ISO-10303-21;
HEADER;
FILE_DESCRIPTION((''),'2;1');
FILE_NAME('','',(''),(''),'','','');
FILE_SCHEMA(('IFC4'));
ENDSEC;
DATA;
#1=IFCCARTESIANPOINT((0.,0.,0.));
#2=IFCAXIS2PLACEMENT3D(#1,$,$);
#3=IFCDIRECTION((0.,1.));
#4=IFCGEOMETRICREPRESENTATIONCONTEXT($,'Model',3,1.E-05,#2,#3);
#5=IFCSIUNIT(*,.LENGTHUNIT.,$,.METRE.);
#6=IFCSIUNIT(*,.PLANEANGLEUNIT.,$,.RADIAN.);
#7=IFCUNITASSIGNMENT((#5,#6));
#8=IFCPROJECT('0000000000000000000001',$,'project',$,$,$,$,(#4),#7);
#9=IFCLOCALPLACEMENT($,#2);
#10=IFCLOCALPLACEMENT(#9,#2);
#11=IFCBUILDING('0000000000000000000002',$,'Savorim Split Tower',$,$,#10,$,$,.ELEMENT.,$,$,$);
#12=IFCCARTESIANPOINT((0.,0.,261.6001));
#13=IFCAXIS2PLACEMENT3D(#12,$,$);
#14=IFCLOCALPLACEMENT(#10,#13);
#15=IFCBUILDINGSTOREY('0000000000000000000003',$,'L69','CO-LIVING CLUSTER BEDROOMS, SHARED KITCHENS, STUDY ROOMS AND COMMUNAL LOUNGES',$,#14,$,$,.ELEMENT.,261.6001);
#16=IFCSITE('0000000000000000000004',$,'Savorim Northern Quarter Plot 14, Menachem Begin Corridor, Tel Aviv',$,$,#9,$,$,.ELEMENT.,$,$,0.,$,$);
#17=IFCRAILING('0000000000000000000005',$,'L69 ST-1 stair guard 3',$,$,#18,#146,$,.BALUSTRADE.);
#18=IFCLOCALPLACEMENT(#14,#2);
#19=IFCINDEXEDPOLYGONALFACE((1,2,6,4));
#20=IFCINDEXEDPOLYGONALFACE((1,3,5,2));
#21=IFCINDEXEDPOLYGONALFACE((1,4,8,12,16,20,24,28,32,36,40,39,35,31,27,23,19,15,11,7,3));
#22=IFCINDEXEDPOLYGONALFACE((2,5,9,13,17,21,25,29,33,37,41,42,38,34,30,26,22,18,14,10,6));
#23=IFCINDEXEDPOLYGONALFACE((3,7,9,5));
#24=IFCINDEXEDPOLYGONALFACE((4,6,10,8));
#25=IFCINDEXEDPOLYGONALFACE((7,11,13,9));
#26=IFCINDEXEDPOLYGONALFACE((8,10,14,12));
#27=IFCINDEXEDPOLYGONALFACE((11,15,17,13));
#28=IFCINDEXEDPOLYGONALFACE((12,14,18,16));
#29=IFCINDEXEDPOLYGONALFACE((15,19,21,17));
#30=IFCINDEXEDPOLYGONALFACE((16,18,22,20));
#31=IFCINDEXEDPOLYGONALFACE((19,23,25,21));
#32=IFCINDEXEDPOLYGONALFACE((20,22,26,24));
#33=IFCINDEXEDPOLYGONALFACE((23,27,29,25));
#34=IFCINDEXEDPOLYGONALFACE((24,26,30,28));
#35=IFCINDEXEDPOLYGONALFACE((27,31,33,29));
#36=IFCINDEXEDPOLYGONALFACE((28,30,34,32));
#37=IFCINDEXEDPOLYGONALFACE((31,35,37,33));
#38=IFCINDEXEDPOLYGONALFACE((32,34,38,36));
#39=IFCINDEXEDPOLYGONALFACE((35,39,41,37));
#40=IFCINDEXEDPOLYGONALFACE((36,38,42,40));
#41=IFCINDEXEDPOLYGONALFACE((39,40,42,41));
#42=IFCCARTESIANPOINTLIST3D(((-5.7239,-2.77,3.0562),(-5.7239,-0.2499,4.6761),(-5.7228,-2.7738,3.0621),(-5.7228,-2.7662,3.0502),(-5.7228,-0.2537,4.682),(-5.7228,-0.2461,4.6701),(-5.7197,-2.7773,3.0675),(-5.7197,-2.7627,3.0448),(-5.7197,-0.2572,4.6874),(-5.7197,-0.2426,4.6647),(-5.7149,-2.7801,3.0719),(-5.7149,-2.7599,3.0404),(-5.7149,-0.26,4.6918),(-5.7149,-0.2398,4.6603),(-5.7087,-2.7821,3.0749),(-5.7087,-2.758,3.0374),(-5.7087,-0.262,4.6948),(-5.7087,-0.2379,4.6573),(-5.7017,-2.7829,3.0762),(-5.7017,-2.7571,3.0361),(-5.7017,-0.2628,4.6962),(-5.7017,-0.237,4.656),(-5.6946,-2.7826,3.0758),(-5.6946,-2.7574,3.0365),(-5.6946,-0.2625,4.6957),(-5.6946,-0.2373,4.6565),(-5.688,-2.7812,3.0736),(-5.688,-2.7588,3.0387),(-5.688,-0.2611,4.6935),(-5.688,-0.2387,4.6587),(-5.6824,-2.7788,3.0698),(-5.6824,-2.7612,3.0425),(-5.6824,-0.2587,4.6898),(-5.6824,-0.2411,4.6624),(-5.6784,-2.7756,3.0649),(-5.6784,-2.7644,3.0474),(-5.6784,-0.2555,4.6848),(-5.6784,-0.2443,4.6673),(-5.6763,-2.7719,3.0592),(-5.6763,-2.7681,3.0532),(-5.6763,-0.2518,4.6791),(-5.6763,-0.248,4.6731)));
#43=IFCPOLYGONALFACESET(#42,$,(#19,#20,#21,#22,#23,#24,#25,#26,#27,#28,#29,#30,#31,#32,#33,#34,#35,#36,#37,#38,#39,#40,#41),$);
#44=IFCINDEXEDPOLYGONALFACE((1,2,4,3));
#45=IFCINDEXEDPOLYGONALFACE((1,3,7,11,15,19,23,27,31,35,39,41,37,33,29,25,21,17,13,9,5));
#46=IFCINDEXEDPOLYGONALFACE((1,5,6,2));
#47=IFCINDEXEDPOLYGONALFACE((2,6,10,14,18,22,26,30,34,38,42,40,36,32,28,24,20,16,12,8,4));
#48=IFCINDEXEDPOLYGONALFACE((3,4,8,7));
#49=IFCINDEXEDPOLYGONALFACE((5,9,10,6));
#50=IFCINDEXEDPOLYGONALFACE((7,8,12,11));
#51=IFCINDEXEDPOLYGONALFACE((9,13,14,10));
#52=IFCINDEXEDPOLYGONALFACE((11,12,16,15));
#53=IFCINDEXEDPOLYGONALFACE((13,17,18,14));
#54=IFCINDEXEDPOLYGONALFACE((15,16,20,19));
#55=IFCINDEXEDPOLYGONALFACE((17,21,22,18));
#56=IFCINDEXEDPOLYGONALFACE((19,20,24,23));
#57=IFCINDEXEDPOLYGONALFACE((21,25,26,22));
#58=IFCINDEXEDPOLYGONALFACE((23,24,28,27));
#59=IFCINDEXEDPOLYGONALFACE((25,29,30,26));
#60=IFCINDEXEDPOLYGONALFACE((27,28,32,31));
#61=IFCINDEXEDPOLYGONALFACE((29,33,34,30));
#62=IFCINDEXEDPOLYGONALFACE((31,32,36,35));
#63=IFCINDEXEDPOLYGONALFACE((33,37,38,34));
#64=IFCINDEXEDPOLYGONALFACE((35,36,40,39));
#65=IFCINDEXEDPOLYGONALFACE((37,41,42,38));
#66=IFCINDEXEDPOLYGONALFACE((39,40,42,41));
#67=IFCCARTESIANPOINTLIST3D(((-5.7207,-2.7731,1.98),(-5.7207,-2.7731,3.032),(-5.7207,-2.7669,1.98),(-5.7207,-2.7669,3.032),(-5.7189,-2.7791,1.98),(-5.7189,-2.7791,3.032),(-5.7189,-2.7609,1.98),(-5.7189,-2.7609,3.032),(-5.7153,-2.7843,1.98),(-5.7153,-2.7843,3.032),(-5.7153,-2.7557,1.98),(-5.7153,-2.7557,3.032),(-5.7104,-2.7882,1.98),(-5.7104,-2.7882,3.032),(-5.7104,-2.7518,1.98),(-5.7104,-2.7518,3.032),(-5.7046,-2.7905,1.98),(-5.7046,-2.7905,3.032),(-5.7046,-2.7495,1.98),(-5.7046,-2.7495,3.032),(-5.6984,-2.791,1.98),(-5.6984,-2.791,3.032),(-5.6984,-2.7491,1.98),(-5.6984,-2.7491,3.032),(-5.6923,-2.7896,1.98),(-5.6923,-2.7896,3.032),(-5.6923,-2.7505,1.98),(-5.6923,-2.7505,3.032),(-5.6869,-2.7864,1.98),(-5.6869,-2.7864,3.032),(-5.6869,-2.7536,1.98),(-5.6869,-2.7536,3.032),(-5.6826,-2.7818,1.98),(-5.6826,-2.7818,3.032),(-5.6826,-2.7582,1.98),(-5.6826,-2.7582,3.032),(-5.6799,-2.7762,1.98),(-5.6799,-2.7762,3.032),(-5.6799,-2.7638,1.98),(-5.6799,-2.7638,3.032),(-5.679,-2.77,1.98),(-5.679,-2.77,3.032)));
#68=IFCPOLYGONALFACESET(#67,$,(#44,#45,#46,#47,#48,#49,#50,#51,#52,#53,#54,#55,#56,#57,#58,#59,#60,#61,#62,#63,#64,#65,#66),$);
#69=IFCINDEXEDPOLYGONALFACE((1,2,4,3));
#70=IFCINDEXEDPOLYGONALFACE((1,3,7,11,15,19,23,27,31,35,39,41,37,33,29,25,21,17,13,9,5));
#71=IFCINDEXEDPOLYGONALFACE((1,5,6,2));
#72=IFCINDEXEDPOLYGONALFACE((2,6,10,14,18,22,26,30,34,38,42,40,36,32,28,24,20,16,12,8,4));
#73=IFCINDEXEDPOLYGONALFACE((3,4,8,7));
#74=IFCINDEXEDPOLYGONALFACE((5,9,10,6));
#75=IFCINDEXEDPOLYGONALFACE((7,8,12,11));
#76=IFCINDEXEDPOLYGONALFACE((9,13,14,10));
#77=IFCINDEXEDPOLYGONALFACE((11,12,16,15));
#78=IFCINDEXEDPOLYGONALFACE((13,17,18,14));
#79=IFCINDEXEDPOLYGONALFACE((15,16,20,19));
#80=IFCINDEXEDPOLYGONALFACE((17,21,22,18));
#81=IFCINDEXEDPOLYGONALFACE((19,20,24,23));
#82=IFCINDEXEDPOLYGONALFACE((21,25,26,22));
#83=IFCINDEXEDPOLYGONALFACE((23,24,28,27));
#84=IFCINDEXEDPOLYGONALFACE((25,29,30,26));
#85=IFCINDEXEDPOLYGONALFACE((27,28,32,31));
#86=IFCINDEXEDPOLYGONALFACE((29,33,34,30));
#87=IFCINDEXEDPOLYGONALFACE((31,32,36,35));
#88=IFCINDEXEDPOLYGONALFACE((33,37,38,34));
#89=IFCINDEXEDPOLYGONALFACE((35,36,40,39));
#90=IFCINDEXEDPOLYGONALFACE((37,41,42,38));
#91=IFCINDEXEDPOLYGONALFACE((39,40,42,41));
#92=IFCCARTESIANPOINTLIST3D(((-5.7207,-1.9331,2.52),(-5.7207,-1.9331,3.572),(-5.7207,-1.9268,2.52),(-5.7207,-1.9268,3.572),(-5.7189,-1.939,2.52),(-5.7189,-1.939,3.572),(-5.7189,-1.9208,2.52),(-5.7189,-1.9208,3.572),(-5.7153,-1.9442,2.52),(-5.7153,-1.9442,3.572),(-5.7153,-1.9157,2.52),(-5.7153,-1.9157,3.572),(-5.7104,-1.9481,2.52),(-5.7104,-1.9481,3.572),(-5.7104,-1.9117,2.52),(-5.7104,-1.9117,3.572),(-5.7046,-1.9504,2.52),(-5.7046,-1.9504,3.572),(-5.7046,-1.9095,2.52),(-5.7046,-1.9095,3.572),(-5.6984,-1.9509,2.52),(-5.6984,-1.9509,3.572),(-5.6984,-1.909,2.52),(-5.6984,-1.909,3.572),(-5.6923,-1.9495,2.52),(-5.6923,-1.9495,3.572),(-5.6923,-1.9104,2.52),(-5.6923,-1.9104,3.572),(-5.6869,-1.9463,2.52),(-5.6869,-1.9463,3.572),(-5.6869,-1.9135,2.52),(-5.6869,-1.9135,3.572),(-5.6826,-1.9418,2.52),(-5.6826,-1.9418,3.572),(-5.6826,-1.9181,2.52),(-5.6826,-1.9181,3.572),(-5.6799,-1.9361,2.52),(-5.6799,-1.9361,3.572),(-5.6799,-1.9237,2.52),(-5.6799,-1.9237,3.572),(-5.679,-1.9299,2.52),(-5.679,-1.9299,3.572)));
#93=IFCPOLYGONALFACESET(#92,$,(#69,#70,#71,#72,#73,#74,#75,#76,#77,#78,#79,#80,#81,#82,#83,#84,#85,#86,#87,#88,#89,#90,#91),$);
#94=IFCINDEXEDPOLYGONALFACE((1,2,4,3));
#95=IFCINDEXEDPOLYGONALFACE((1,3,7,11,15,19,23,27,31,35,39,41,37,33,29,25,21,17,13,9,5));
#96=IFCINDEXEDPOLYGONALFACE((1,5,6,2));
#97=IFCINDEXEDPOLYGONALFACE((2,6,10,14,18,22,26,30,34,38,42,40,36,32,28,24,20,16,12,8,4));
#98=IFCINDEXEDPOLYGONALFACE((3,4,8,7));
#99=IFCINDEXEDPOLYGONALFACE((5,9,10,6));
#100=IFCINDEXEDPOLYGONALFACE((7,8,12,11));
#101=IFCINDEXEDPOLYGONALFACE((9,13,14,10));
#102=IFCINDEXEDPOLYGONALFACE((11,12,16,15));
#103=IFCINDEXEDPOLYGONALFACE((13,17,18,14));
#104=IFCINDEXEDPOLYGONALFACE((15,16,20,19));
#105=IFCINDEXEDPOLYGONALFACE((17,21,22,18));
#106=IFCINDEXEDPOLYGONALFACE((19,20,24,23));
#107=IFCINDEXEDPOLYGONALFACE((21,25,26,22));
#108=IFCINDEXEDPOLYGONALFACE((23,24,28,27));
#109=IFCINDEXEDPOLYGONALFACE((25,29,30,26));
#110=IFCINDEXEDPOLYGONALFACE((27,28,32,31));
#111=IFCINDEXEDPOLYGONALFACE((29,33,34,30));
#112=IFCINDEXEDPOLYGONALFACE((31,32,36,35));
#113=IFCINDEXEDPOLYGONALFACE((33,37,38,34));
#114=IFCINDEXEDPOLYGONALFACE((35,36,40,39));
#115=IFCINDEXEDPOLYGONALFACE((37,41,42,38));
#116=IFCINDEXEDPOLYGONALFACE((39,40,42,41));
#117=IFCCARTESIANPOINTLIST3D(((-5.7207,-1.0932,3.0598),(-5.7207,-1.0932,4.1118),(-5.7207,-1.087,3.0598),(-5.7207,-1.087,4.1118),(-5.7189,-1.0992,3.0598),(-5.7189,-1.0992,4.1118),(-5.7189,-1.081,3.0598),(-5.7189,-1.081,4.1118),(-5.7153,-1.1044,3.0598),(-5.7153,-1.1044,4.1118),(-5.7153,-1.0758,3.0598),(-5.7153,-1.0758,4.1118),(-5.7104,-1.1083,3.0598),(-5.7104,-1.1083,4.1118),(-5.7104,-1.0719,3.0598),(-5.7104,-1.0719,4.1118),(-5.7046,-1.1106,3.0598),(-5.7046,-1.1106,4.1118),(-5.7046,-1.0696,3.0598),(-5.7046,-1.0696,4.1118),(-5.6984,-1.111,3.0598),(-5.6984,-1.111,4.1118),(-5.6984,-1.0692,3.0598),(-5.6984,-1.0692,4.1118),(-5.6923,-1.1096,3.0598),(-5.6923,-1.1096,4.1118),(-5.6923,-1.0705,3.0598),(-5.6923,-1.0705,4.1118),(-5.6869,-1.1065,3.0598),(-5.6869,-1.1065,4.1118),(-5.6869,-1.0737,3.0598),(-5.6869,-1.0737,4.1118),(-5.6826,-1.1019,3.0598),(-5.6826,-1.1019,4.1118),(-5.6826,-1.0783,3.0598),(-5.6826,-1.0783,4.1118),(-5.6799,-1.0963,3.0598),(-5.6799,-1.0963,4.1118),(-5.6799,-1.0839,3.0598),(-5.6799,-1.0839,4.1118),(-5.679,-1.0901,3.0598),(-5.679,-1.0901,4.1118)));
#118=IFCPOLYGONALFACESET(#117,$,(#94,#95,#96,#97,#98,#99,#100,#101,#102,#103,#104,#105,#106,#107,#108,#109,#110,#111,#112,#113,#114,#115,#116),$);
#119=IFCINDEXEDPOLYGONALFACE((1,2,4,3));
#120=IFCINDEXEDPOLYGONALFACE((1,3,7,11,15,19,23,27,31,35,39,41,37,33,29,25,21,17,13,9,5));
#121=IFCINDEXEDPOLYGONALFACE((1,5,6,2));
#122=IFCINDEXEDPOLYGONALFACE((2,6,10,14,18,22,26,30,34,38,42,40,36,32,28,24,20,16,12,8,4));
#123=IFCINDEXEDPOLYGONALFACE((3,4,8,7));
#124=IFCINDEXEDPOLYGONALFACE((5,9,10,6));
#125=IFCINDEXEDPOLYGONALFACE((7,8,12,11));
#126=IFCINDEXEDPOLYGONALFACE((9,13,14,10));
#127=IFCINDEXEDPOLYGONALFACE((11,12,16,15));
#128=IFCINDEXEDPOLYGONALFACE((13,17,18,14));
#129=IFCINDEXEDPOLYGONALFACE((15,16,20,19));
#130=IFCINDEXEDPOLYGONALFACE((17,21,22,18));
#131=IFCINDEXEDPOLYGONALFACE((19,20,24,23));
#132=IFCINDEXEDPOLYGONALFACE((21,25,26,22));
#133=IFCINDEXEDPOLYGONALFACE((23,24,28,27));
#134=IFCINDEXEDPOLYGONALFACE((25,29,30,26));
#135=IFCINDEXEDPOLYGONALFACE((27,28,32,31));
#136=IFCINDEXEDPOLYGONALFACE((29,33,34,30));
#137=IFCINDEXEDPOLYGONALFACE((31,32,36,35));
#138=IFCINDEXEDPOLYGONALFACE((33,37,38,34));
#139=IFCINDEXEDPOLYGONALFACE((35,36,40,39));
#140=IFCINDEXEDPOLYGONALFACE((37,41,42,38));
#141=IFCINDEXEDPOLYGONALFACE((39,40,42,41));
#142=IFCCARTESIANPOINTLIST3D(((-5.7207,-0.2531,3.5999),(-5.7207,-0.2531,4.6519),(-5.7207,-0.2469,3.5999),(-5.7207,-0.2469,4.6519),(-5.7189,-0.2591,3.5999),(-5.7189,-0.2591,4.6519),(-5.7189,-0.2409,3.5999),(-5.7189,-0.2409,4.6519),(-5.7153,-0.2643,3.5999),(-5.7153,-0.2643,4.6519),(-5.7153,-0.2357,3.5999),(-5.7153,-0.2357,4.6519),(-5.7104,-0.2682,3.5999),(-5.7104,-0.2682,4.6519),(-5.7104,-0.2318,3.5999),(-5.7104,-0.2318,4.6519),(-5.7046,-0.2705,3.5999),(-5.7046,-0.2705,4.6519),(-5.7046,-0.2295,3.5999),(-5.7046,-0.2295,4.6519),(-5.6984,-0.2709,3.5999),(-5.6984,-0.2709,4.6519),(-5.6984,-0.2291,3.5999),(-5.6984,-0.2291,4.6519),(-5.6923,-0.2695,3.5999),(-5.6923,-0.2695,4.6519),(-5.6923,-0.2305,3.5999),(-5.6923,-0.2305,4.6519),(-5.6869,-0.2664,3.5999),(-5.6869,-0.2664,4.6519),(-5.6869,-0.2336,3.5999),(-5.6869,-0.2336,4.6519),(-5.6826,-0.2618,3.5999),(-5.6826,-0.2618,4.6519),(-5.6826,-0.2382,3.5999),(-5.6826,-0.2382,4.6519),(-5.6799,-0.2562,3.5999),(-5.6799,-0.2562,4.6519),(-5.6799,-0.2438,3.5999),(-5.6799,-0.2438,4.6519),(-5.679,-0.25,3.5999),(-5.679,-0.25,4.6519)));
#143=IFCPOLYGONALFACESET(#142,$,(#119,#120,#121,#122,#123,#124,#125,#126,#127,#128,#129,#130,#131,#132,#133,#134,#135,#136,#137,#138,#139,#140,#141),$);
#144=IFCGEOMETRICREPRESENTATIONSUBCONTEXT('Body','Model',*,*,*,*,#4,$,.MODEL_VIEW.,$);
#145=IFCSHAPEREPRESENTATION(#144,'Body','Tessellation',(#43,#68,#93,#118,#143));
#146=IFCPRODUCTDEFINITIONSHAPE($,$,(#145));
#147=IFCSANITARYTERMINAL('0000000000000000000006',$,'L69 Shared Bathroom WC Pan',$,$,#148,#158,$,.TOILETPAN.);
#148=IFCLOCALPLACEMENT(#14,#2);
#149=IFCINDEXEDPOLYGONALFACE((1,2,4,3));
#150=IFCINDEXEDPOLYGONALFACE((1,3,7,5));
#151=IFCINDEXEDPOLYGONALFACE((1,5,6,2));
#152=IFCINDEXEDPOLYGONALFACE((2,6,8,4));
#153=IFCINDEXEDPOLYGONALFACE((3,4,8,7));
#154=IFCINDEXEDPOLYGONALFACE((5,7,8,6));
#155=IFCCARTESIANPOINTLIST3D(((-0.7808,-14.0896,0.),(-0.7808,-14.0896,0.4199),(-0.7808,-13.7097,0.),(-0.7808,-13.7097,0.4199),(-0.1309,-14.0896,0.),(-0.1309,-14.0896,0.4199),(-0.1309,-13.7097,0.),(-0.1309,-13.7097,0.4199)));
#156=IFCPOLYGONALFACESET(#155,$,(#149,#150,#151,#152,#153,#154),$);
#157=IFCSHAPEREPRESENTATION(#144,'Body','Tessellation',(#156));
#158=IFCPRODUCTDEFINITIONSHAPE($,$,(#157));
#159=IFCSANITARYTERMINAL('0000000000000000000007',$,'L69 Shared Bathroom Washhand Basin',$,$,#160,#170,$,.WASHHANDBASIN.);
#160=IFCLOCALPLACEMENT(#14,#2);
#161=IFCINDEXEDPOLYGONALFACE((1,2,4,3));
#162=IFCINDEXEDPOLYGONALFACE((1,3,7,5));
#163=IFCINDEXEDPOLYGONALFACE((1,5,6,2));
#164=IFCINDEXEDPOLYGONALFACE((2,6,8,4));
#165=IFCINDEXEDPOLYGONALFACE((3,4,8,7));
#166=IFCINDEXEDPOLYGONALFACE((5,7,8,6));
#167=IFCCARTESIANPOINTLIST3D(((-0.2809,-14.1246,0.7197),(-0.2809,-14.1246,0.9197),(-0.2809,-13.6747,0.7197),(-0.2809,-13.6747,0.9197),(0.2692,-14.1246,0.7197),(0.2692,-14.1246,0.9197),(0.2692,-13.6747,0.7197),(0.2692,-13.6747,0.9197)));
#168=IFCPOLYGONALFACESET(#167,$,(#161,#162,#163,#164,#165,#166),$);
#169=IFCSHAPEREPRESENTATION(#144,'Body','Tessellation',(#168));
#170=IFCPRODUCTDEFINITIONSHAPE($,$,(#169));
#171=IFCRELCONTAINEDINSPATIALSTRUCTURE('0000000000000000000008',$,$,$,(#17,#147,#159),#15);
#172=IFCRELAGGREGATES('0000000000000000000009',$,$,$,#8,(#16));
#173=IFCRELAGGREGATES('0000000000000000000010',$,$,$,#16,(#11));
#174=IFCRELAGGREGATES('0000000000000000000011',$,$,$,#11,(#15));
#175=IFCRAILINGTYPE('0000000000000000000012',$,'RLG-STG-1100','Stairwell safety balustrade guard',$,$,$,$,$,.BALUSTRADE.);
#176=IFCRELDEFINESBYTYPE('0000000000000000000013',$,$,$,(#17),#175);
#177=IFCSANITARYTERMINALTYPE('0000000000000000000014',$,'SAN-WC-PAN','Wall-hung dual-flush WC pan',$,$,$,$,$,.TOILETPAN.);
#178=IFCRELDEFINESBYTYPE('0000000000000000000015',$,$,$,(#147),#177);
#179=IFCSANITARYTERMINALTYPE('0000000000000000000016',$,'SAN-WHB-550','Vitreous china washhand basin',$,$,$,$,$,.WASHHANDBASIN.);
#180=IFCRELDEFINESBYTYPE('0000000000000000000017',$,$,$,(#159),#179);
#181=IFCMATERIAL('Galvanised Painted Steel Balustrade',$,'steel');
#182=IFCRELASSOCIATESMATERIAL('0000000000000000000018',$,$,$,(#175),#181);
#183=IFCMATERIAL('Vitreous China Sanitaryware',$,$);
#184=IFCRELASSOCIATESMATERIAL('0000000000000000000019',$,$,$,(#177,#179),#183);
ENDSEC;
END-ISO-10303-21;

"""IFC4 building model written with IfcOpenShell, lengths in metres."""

from ifc_helpers import new_model, si_unit, direction, frame, origin, origin_2d, place, context, subcontext, project, spatial, rectangle, circle, extrude, material, type_object, element, save


model = new_model("IFC4")

# Units and contexts
model_context = context("Model", 3, precision=1e-05, world=origin(), true_north=direction((0.0, 1.0)))
body_context = subcontext(model_context, "Body", "Model", "MODEL_VIEW")
ifc_project = project(units=[si_unit("LENGTHUNIT", "METRE"), si_unit("PLANEANGLEUNIT", "RADIAN")], contexts=[model_context])

# Site, building, storey
site_placement = place(None, origin())
site = spatial("IfcSite", under=ifc_project, at=site_placement, Name="Savorim Northern Quarter Plot 14, Menachem Begin Corridor, Tel Aviv", CompositionType="ELEMENT", RefElevation=0.0)
building_placement = place(site_placement, origin())
building = spatial("IfcBuilding", under=site, at=building_placement, Name="Savorim Split Tower", CompositionType="ELEMENT")
storey_placement = place(building_placement, frame((0.0, 0.0, 261.6001)))
storey = spatial("IfcBuildingStorey", under=building, at=storey_placement, Name="L69", Description="CO-LIVING CLUSTER BEDROOMS, SHARED KITCHENS, STUDY ROOMS AND COMMUNAL LOUNGES", CompositionType="ELEMENT", Elevation=261.6001)

# Railing
ifc_material_1 = material(Name="Galvanised Painted Steel Balustrade", Category="steel")
railing_type_1 = type_object("IfcRailingType", Name="RLG-STG-1100", Description="Stairwell safety balustrade guard", PredefinedType="BALUSTRADE", material=ifc_material_1)
railing_1_placement = place(storey_placement, frame((-5.7, -2.77, 1.98)))
element("IfcRailing", 1, at=railing_1_placement, inside=storey, type_object=railing_type_1, Name="L69 ST-1 stair guard 3", PredefinedType="BALUSTRADE", context=body_context, shape_type="SweptSolid", body=[
    extrude(circle(Radius=0.0239, at=origin_2d()), frame((0.0, 0.0, 1.0762), z_axis=(0.0, 0.8412, 0.540725), x_axis=(-1.0, 0.0, 0.0)), (0.0, 0.0, 1.0), 2.9958),
    extrude(circle(Radius=0.021, at=origin_2d()), origin(), (0.0, 0.0, 1.0), 1.052),
    extrude(circle(Radius=0.021, at=origin_2d()), frame((0.0, 0.8401, 0.54)), (0.0, 0.0, 1.0), 1.052),
    extrude(circle(Radius=0.021, at=origin_2d()), frame((0.0, 1.6799, 1.0798)), (0.0, 0.0, 1.0), 1.052),
    extrude(circle(Radius=0.021, at=origin_2d()), frame((0.0, 2.52, 1.6199)), (0.0, 0.0, 1.0), 1.052),
])

# Sanitary terminals
ifc_material_2 = material(Name="Vitreous China Sanitaryware")
sanitary_terminal_type_1 = type_object("IfcSanitaryTerminalType", Name="SAN-WC-PAN", Description="Wall-hung dual-flush WC pan", PredefinedType="TOILETPAN", material=ifc_material_2)
sanitary_terminal_1_placement = place(storey_placement, frame((-0.4558, -13.8997, 0.0), z_axis=(0.0, 0.0, 1.0), x_axis=(1.0, 0.0, 0.0)))
element("IfcSanitaryTerminal", 2, at=sanitary_terminal_1_placement, inside=storey, type_object=sanitary_terminal_type_1, Name="L69 Shared Bathroom WC Pan", PredefinedType="TOILETPAN", context=body_context, shape_type="SweptSolid", body=[
    extrude(rectangle(XDim=0.6499, YDim=0.3799, at=origin_2d()), origin(), (0.0, 0.0, 1.0), 0.4199),
])
sanitary_terminal_type_2 = type_object("IfcSanitaryTerminalType", Name="SAN-WHB-550", Description="Vitreous china washhand basin", PredefinedType="WASHHANDBASIN", material=ifc_material_2)
sanitary_terminal_2_placement = place(storey_placement, frame((-0.0059, -13.8997, 0.7197), z_axis=(0.0, 0.0, 1.0), x_axis=(1.0, 0.0, 0.0)))
element("IfcSanitaryTerminal", 3, at=sanitary_terminal_2_placement, inside=storey, type_object=sanitary_terminal_type_2, Name="L69 Shared Bathroom Washhand Basin", PredefinedType="WASHHANDBASIN", context=body_context, shape_type="SweptSolid", body=[
    extrude(rectangle(XDim=0.55, YDim=0.45, at=origin_2d()), origin(), (0.0, 0.0, 1.0), 0.2),
])

save(model, "model.ifc")
